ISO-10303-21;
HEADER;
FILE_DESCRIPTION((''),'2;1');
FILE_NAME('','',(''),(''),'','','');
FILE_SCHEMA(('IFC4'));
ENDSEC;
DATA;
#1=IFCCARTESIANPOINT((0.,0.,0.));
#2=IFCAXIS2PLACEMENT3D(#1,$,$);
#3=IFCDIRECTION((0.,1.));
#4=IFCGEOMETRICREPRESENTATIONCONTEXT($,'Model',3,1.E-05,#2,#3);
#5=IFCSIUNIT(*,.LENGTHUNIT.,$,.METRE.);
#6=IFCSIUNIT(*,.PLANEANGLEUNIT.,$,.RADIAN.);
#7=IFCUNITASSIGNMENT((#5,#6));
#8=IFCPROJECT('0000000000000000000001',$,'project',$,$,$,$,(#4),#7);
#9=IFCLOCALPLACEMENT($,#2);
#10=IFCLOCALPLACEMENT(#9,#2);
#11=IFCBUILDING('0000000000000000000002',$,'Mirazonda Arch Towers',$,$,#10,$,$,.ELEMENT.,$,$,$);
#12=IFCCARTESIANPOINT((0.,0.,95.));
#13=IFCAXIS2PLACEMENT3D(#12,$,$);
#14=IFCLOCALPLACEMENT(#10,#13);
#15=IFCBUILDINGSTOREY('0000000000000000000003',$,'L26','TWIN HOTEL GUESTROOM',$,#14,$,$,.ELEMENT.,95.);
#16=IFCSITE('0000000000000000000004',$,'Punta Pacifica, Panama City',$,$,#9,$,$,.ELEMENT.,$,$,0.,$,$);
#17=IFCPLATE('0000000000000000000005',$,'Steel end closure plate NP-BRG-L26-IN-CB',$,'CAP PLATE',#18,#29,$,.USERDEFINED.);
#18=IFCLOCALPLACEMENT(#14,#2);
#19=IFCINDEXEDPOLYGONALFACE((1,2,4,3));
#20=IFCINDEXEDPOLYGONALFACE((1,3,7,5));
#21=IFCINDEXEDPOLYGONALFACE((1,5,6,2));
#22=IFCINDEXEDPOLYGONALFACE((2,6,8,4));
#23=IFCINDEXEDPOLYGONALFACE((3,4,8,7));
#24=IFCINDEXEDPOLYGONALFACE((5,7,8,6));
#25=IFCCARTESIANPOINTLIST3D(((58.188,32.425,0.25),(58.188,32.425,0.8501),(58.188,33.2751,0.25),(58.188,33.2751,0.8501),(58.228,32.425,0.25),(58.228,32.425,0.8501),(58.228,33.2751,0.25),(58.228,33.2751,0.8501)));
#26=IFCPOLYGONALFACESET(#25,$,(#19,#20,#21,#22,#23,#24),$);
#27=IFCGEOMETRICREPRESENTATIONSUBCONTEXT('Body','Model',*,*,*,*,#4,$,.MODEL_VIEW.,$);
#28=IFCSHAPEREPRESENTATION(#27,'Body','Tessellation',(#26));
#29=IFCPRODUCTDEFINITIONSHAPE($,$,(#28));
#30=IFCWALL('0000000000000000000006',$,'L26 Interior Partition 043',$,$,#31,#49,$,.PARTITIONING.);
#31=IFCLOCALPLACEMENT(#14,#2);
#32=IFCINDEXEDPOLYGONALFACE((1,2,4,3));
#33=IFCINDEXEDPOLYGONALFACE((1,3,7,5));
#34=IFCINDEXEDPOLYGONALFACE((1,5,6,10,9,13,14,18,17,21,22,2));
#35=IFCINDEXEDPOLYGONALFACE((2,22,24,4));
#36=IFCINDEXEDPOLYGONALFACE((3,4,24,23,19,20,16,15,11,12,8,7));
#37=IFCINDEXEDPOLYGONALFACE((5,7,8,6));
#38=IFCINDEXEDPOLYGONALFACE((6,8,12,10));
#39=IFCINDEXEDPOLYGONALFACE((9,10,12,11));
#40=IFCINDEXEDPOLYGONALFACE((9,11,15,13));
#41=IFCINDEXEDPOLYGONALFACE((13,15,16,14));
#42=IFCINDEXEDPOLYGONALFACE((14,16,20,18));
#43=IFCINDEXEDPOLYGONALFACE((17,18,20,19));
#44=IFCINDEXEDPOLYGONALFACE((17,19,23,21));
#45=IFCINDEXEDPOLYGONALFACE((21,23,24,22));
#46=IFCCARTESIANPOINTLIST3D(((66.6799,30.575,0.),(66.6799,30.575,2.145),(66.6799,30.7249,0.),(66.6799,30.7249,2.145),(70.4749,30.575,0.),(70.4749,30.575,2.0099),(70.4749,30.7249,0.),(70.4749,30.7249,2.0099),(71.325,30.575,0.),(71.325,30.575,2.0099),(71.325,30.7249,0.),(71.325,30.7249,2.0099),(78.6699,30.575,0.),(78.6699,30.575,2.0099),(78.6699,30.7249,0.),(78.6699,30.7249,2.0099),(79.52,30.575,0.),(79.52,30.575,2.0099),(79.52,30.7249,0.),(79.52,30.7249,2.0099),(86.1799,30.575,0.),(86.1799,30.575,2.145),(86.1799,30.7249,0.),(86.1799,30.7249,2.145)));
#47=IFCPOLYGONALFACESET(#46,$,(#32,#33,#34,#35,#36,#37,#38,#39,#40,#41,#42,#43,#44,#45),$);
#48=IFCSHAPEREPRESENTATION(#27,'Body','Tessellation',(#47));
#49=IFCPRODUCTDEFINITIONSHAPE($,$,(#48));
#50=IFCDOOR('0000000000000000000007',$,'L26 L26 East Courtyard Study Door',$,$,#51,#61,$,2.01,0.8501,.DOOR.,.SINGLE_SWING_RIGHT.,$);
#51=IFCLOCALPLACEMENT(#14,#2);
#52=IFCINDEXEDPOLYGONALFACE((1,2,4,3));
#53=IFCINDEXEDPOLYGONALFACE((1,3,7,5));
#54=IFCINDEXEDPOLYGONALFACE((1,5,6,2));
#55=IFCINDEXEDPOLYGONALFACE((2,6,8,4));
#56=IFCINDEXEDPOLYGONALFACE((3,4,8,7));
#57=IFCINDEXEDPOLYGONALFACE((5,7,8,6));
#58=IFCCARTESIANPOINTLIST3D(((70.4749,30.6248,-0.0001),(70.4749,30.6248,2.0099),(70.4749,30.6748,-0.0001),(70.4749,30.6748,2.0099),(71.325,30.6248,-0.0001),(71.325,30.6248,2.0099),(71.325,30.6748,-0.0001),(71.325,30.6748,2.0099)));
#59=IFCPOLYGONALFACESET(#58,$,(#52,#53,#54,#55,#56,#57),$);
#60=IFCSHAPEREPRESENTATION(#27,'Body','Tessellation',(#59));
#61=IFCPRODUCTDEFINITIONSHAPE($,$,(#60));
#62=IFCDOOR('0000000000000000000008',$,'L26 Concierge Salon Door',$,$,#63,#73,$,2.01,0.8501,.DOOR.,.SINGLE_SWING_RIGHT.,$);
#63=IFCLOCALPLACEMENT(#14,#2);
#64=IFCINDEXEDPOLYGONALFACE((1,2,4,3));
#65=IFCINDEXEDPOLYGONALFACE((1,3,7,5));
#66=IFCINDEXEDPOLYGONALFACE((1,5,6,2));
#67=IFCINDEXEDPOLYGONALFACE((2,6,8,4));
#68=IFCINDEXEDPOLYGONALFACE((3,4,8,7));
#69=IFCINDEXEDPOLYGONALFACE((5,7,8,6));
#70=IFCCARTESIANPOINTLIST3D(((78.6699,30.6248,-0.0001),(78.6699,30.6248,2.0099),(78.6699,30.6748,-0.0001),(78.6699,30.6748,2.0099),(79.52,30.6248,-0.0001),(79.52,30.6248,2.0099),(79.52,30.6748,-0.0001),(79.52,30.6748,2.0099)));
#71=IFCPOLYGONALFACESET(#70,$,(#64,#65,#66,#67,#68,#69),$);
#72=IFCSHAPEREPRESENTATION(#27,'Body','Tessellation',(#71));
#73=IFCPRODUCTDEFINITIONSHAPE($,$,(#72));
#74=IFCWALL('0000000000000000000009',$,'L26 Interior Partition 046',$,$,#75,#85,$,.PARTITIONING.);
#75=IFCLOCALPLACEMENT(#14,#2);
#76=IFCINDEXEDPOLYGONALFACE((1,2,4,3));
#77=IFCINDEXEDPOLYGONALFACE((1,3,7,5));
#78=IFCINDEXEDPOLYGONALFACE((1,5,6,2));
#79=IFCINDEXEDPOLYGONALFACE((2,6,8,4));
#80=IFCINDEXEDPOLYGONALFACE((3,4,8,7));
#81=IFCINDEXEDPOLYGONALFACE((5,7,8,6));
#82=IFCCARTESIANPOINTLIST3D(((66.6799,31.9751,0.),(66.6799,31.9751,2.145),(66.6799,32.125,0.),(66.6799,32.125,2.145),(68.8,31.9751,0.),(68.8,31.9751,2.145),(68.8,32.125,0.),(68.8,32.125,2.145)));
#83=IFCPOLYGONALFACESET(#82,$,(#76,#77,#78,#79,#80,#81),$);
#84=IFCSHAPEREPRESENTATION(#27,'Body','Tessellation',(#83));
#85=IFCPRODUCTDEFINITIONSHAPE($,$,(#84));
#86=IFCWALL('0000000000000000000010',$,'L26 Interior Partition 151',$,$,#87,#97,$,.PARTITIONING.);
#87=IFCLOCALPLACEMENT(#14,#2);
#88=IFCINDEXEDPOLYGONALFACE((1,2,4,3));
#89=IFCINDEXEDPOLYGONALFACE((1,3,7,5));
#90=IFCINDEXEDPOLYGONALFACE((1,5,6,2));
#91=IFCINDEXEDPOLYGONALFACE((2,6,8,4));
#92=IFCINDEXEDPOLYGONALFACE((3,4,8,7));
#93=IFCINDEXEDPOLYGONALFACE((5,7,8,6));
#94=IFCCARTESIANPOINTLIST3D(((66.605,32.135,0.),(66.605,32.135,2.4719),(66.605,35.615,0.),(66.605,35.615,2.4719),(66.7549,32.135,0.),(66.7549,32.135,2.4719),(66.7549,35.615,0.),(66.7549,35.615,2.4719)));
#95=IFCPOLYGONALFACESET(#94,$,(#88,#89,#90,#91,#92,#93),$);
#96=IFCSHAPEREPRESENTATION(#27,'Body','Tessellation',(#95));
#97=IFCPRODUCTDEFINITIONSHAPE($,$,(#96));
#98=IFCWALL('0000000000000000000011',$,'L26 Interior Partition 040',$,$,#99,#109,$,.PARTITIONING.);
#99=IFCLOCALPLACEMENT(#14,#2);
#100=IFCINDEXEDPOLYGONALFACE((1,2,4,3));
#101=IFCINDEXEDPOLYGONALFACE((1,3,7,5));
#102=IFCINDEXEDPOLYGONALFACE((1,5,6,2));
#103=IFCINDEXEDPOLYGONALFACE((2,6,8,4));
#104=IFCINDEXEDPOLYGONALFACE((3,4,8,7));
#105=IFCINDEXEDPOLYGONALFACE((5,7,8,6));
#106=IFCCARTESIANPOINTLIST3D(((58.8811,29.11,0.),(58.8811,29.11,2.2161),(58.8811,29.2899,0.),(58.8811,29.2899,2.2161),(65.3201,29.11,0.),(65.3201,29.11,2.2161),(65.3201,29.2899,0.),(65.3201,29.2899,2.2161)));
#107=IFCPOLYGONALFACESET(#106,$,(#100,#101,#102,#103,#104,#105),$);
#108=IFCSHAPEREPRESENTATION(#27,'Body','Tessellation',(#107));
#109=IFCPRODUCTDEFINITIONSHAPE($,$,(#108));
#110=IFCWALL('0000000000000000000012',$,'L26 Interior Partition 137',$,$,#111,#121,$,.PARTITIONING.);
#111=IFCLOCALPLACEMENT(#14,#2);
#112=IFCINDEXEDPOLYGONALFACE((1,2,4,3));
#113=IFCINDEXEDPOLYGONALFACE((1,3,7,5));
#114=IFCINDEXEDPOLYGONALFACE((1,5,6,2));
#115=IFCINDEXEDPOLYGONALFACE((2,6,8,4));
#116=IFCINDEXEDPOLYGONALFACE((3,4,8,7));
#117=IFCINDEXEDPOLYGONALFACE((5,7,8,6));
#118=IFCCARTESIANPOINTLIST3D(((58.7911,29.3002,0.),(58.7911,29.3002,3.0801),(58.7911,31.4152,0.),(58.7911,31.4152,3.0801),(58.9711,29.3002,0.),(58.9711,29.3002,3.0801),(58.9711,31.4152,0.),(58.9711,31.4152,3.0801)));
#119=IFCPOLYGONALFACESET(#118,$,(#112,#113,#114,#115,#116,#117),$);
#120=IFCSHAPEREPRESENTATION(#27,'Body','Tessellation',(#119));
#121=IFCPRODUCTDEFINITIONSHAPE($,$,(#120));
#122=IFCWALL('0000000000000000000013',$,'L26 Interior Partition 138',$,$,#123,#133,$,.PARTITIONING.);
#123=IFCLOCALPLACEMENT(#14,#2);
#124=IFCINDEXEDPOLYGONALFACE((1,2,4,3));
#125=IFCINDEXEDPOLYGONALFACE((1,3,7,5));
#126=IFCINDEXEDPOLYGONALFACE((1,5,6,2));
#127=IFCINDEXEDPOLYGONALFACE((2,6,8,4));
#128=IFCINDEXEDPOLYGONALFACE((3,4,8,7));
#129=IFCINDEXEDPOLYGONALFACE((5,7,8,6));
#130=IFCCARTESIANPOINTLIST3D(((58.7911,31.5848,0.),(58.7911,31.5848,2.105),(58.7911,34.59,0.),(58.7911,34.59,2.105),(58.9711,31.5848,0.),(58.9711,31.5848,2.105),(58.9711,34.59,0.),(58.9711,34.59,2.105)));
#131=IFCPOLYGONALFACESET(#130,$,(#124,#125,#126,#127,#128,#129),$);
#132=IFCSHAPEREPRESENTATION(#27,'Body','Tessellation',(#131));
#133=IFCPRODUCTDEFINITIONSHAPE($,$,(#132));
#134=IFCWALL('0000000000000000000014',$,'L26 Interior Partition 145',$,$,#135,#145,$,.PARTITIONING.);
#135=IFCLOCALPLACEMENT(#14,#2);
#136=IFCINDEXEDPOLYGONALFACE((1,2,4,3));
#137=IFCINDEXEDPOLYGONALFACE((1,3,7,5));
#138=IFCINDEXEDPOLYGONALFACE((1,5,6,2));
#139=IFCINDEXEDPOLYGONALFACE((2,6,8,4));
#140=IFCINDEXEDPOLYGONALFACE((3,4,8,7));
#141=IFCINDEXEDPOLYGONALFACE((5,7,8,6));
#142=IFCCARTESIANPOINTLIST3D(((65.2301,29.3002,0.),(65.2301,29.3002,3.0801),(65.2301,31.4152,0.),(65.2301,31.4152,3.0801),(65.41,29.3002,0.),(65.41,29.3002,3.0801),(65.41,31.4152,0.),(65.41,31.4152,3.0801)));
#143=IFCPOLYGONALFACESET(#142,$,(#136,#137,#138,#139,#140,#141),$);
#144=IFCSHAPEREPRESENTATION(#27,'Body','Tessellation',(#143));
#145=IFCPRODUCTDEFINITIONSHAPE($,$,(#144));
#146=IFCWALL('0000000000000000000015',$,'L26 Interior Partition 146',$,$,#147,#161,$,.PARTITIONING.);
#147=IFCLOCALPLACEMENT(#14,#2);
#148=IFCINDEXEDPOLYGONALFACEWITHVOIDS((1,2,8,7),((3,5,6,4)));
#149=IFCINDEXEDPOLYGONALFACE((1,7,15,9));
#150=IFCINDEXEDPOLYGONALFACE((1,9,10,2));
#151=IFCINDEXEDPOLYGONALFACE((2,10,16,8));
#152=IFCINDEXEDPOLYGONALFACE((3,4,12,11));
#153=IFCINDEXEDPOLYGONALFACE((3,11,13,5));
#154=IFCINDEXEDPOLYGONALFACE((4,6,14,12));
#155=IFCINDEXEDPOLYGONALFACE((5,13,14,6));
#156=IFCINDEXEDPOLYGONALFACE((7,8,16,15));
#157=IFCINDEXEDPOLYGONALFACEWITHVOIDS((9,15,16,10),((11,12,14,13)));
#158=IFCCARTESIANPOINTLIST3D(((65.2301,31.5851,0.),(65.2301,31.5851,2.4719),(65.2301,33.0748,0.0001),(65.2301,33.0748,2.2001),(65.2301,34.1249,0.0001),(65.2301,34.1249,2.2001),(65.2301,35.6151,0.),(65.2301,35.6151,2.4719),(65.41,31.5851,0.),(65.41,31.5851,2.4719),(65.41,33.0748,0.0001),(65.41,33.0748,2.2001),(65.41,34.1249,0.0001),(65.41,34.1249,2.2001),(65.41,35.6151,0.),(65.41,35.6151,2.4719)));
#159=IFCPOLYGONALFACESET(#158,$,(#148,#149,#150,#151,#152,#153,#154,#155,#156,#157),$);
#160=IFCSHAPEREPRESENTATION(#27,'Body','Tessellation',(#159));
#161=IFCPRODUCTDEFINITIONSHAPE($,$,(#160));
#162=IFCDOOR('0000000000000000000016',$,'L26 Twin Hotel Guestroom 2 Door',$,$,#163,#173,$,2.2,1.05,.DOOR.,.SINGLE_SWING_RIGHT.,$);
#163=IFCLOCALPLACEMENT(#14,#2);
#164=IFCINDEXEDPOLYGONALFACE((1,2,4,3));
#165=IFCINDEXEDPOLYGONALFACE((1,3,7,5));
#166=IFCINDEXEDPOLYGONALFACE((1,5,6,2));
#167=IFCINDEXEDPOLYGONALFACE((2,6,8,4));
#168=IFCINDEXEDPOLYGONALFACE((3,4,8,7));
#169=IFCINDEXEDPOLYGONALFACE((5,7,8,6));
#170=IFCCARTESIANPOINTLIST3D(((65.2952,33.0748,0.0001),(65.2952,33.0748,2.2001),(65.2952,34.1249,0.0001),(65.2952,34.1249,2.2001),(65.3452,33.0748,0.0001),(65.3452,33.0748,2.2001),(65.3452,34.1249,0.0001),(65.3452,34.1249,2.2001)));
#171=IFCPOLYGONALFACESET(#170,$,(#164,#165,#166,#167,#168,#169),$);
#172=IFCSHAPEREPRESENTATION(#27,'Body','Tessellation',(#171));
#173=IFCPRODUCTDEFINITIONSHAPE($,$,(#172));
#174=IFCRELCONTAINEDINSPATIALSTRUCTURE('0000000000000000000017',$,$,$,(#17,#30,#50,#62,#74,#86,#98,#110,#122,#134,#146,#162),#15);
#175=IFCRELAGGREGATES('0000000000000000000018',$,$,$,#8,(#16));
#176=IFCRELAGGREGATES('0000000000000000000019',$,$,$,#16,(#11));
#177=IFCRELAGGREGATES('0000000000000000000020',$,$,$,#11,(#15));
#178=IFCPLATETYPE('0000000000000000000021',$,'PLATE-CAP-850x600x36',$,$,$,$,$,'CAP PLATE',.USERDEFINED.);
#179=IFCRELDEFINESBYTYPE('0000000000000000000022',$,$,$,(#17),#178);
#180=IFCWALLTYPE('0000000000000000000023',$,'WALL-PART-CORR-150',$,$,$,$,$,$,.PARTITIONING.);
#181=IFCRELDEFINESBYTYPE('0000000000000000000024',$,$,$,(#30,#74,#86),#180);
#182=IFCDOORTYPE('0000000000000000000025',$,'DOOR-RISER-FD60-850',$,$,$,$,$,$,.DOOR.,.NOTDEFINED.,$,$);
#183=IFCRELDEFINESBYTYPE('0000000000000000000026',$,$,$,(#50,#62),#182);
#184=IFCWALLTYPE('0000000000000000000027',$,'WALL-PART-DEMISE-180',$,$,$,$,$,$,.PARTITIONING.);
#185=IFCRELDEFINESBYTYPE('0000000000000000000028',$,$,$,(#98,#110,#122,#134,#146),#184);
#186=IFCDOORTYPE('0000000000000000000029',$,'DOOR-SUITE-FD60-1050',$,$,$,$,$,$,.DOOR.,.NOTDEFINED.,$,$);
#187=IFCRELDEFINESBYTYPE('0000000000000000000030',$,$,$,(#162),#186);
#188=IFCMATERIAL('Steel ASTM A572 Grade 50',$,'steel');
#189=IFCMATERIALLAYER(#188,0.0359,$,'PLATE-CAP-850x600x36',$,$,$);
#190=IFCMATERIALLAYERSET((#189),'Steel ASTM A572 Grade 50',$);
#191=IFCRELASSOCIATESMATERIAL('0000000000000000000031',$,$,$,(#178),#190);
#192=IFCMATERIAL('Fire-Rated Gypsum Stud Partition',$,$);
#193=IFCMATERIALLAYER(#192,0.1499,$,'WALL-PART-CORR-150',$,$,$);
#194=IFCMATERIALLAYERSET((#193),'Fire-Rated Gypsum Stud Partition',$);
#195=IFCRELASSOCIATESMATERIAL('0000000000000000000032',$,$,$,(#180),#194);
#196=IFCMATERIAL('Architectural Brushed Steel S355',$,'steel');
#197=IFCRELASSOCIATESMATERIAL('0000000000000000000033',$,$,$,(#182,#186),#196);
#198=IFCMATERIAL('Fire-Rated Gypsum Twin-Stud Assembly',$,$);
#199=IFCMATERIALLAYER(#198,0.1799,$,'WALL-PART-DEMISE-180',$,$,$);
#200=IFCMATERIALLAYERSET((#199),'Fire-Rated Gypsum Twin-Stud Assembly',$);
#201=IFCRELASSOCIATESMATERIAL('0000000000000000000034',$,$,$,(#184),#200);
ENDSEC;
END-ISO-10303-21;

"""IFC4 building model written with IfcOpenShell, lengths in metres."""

from ifc_helpers import new_model, si_unit, direction, frame, frame_2d, origin, origin_2d, place, context, subcontext, project, spatial, rectangle, extrude, material, layer, layer_set, type_object, element, fill, save


model = new_model("IFC4")

# Units and contexts
model_context = context("Model", 3, precision=1e-05, world=origin(), true_north=direction((0.0, 1.0)))
body_context = subcontext(model_context, "Body", "Model", "MODEL_VIEW")
ifc_project = project(units=[si_unit("LENGTHUNIT", "METRE"), si_unit("PLANEANGLEUNIT", "RADIAN")], contexts=[model_context])

# Site, building, storey
site_placement = place(None, origin())
site = spatial("IfcSite", under=ifc_project, at=site_placement, Name="Punta Pacifica, Panama City", CompositionType="ELEMENT", RefElevation=0.0)
building_placement = place(site_placement, origin())
building = spatial("IfcBuilding", under=site, at=building_placement, Name="Mirazonda Arch Towers", CompositionType="ELEMENT")
storey_placement = place(building_placement, frame((0.0, 0.0, 95.0)))
storey = spatial("IfcBuildingStorey", under=building, at=storey_placement, Name="L26", Description="TWIN HOTEL GUESTROOM", CompositionType="ELEMENT", Elevation=95.0)

# Shared definitions
ifc_material_1 = material(Name="Steel ASTM A572 Grade 50", Category="steel")

# Plate
ifc_layer_1 = layer(ifc_material_1, 0.0359, Name="PLATE-CAP-850x600x36")
ifc_layer_set_1 = layer_set([ifc_layer_1], Name="Steel ASTM A572 Grade 50")
plate_type_1 = type_object("IfcPlateType", Name="PLATE-CAP-850x600x36", ElementType="CAP PLATE", PredefinedType="USERDEFINED", material=ifc_layer_set_1)
plate_1_placement = place(storey_placement, frame((58.208, 32.8501, 0.25), z_axis=(0.0, 0.0, 1.0), x_axis=(1.0, 0.0, 0.0)))
element("IfcPlate", 1, at=plate_1_placement, inside=storey, type_object=plate_type_1, Name="Steel end closure plate NP-BRG-L26-IN-CB", ObjectType="CAP PLATE", PredefinedType="USERDEFINED", context=body_context, shape_type="SweptSolid", body=[
    extrude(rectangle(XDim=0.04, YDim=0.8501, at=origin_2d()), origin(), (0.0, 0.0, 1.0), 0.6001),
])

# Wall, openings, doors
ifc_material_2 = material(Name="Fire-Rated Gypsum Stud Partition")
ifc_layer_2 = layer(ifc_material_2, 0.1499, Name="WALL-PART-CORR-150")
ifc_layer_set_2 = layer_set([ifc_layer_2], Name="Fire-Rated Gypsum Stud Partition")
wall_type_1 = type_object("IfcWallType", Name="WALL-PART-CORR-150", PredefinedType="PARTITIONING", material=ifc_layer_set_2)
wall_1_placement = place(storey_placement, frame((66.6799, 30.6499, 0.0), z_axis=(0.0, 0.0, 1.0), x_axis=(1.0, 0.0, 0.0)))
wall_1 = element("IfcWall", 2, at=wall_1_placement, inside=storey, type_object=wall_type_1, Name="L26 Interior Partition 043", PredefinedType="PARTITIONING", context=body_context, shape_type="SweptSolid", body=[
    extrude(rectangle(XDim=19.5, YDim=0.1499, at=frame_2d((9.75, 0.0))), origin(), (0.0, 0.0, 1.0), 2.145),
])
opening_1_placement = place(wall_1_placement, frame((3.7949, 0.0, 0.0)))
opening_1 = element("IfcOpeningElement", 3, at=opening_1_placement, cuts=wall_1, PredefinedType="OPENING", context=body_context, shape_type="SweptSolid", body=[
    extrude(rectangle(XDim=0.8501, YDim=2.01, at=frame_2d((0.425, 1.0049))), frame((0.0, 0.085, 0.0), z_axis=(0.0, -1.0, 0.0), x_axis=(1.0, 0.0, 0.0)), (0.0, 0.0, 1.0), 0.1699),
])
opening_2_placement = place(wall_1_placement, frame((11.99, 0.0, 0.0)))
opening_2 = element("IfcOpeningElement", 4, at=opening_2_placement, cuts=wall_1, PredefinedType="OPENING", context=body_context, shape_type="SweptSolid", body=[
    extrude(rectangle(XDim=0.8501, YDim=2.01, at=frame_2d((0.425, 1.0049))), frame((0.0, 0.085, 0.0), z_axis=(0.0, -1.0, 0.0), x_axis=(1.0, 0.0, 0.0)), (0.0, 0.0, 1.0), 0.1699),
])
ifc_material_3 = material(Name="Architectural Brushed Steel S355", Category="steel")
door_type_1 = type_object("IfcDoorType", Name="DOOR-RISER-FD60-850", OperationType="NOTDEFINED", PredefinedType="DOOR", material=ifc_material_3)
door_1_placement = place(opening_1_placement, origin())
door_1 = element("IfcDoor", 5, at=door_1_placement, inside=storey, type_object=door_type_1, Name="L26 L26 East Courtyard Study Door", OperationType="SINGLE_SWING_RIGHT", OverallHeight=2.01, OverallWidth=0.8501, PredefinedType="DOOR", context=body_context, shape_type="SweptSolid", body=[
    extrude(rectangle(XDim=0.8501, YDim=2.01, at=frame_2d((0.425, 1.0049))), frame((0.0, 0.0249, 0.0), z_axis=(0.0, -1.0, 0.0), x_axis=(1.0, 0.0, 0.0)), (0.0, 0.0, 1.0), 0.05),
])
fill(opening_1, door_1)
door_2_placement = place(opening_2_placement, origin())
door_2 = element("IfcDoor", 6, at=door_2_placement, inside=storey, type_object=door_type_1, Name="L26 Concierge Salon Door", OperationType="SINGLE_SWING_RIGHT", OverallHeight=2.01, OverallWidth=0.8501, PredefinedType="DOOR", context=body_context, shape_type="SweptSolid", body=[
    extrude(rectangle(XDim=0.8501, YDim=2.01, at=frame_2d((0.425, 1.0049))), frame((0.0, 0.0249, 0.0), z_axis=(0.0, -1.0, 0.0), x_axis=(1.0, 0.0, 0.0)), (0.0, 0.0, 1.0), 0.05),
])
fill(opening_2, door_2)

# Walls
wall_2_placement = place(storey_placement, frame((66.6799, 32.05, 0.0), z_axis=(0.0, 0.0, 1.0), x_axis=(1.0, 0.0, 0.0)))
element("IfcWall", 7, at=wall_2_placement, inside=storey, type_object=wall_type_1, Name="L26 Interior Partition 046", PredefinedType="PARTITIONING", context=body_context, shape_type="SweptSolid", body=[
    extrude(rectangle(XDim=2.1201, YDim=0.1499, at=frame_2d((1.0601, 0.0))), origin(), (0.0, 0.0, 1.0), 2.145),
])
wall_3_placement = place(storey_placement, frame((66.6799, 32.135, 0.0), z_axis=(0.0, 0.0, 1.0), x_axis=(0.0, 1.0, 0.0)))
element("IfcWall", 8, at=wall_3_placement, inside=storey, type_object=wall_type_1, Name="L26 Interior Partition 151", PredefinedType="PARTITIONING", context=body_context, shape_type="SweptSolid", body=[
    extrude(rectangle(XDim=3.48, YDim=0.1499, at=frame_2d((1.74, 0.0))), origin(), (0.0, 0.0, 1.0), 2.4719),
])
ifc_material_4 = material(Name="Fire-Rated Gypsum Twin-Stud Assembly")
ifc_layer_3 = layer(ifc_material_4, 0.1799, Name="WALL-PART-DEMISE-180")
ifc_layer_set_3 = layer_set([ifc_layer_3], Name="Fire-Rated Gypsum Twin-Stud Assembly")
wall_type_2 = type_object("IfcWallType", Name="WALL-PART-DEMISE-180", PredefinedType="PARTITIONING", material=ifc_layer_set_3)
wall_4_placement = place(storey_placement, frame((58.8811, 29.2, 0.0), z_axis=(0.0, 0.0, 1.0), x_axis=(1.0, 0.0, 0.0)))
element("IfcWall", 9, at=wall_4_placement, inside=storey, type_object=wall_type_2, Name="L26 Interior Partition 040", PredefinedType="PARTITIONING", context=body_context, shape_type="SweptSolid", body=[
    extrude(rectangle(XDim=6.439, YDim=0.1799, at=frame_2d((3.2195, 0.0))), origin(), (0.0, 0.0, 1.0), 2.2161),
])
wall_5_placement = place(storey_placement, frame((58.8811, 29.3, 0.0), z_axis=(0.0, 0.0, 1.0), x_axis=(0.0, 1.0, 0.0)))
element("IfcWall", 10, at=wall_5_placement, inside=storey, type_object=wall_type_2, Name="L26 Interior Partition 137", PredefinedType="PARTITIONING", context=body_context, shape_type="SweptSolid", body=[
    extrude(rectangle(XDim=2.115, YDim=0.1799, at=frame_2d((1.0576, 0.0))), origin(), (0.0, 0.0, 1.0), 3.0801),
])
wall_6_placement = place(storey_placement, frame((58.8811, 31.585, 0.0), z_axis=(0.0, 0.0, 1.0), x_axis=(0.0, 1.0, 0.0)))
element("IfcWall", 11, at=wall_6_placement, inside=storey, type_object=wall_type_2, Name="L26 Interior Partition 138", PredefinedType="PARTITIONING", context=body_context, shape_type="SweptSolid", body=[
    extrude(rectangle(XDim=3.0051, YDim=0.1799, at=frame_2d((1.5024, 0.0))), origin(), (0.0, 0.0, 1.0), 2.105),
])
wall_7_placement = place(storey_placement, frame((65.3201, 29.3, 0.0), z_axis=(0.0, 0.0, 1.0), x_axis=(0.0, 1.0, 0.0)))
element("IfcWall", 12, at=wall_7_placement, inside=storey, type_object=wall_type_2, Name="L26 Interior Partition 145", PredefinedType="PARTITIONING", context=body_context, shape_type="SweptSolid", body=[
    extrude(rectangle(XDim=2.115, YDim=0.1799, at=frame_2d((1.0576, 0.0))), origin(), (0.0, 0.0, 1.0), 3.0801),
])

# Wall, opening, door
wall_8_placement = place(storey_placement, frame((65.3201, 31.585, 0.0), z_axis=(0.0, 0.0, 1.0), x_axis=(0.0, 1.0, 0.0)))
wall_8 = element("IfcWall", 13, at=wall_8_placement, inside=storey, type_object=wall_type_2, Name="L26 Interior Partition 146", PredefinedType="PARTITIONING", context=body_context, shape_type="SweptSolid", body=[
    extrude(rectangle(XDim=4.03, YDim=0.1799, at=frame_2d((2.0151, 0.0))), origin(), (0.0, 0.0, 1.0), 2.4719),
])
opening_3_placement = place(wall_8_placement, frame((1.49, 0.0, 0.0)))
opening_3 = element("IfcOpeningElement", 14, at=opening_3_placement, cuts=wall_8, PredefinedType="OPENING", context=body_context, shape_type="SweptSolid", body=[
    extrude(rectangle(XDim=1.05, YDim=2.2, at=frame_2d((0.5249, 1.1001))), frame((0.0, 0.0999, 0.0), z_axis=(0.0, -1.0, 0.0), x_axis=(1.0, 0.0, 0.0)), (0.0, 0.0, 1.0), 0.2),
])
door_type_2 = type_object("IfcDoorType", Name="DOOR-SUITE-FD60-1050", OperationType="NOTDEFINED", PredefinedType="DOOR", material=ifc_material_3)
door_3_placement = place(opening_3_placement, origin())
door_3 = element("IfcDoor", 15, at=door_3_placement, inside=storey, type_object=door_type_2, Name="L26 Twin Hotel Guestroom 2 Door", OperationType="SINGLE_SWING_RIGHT", OverallHeight=2.2, OverallWidth=1.05, PredefinedType="DOOR", context=body_context, shape_type="SweptSolid", body=[
    extrude(rectangle(XDim=1.05, YDim=2.2, at=frame_2d((0.5249, 1.1001))), frame((0.0, 0.0249, 0.0), z_axis=(0.0, -1.0, 0.0), x_axis=(1.0, 0.0, 0.0)), (0.0, 0.0, 1.0), 0.05),
])
fill(opening_3, door_3)

save(model, "model.ifc")
